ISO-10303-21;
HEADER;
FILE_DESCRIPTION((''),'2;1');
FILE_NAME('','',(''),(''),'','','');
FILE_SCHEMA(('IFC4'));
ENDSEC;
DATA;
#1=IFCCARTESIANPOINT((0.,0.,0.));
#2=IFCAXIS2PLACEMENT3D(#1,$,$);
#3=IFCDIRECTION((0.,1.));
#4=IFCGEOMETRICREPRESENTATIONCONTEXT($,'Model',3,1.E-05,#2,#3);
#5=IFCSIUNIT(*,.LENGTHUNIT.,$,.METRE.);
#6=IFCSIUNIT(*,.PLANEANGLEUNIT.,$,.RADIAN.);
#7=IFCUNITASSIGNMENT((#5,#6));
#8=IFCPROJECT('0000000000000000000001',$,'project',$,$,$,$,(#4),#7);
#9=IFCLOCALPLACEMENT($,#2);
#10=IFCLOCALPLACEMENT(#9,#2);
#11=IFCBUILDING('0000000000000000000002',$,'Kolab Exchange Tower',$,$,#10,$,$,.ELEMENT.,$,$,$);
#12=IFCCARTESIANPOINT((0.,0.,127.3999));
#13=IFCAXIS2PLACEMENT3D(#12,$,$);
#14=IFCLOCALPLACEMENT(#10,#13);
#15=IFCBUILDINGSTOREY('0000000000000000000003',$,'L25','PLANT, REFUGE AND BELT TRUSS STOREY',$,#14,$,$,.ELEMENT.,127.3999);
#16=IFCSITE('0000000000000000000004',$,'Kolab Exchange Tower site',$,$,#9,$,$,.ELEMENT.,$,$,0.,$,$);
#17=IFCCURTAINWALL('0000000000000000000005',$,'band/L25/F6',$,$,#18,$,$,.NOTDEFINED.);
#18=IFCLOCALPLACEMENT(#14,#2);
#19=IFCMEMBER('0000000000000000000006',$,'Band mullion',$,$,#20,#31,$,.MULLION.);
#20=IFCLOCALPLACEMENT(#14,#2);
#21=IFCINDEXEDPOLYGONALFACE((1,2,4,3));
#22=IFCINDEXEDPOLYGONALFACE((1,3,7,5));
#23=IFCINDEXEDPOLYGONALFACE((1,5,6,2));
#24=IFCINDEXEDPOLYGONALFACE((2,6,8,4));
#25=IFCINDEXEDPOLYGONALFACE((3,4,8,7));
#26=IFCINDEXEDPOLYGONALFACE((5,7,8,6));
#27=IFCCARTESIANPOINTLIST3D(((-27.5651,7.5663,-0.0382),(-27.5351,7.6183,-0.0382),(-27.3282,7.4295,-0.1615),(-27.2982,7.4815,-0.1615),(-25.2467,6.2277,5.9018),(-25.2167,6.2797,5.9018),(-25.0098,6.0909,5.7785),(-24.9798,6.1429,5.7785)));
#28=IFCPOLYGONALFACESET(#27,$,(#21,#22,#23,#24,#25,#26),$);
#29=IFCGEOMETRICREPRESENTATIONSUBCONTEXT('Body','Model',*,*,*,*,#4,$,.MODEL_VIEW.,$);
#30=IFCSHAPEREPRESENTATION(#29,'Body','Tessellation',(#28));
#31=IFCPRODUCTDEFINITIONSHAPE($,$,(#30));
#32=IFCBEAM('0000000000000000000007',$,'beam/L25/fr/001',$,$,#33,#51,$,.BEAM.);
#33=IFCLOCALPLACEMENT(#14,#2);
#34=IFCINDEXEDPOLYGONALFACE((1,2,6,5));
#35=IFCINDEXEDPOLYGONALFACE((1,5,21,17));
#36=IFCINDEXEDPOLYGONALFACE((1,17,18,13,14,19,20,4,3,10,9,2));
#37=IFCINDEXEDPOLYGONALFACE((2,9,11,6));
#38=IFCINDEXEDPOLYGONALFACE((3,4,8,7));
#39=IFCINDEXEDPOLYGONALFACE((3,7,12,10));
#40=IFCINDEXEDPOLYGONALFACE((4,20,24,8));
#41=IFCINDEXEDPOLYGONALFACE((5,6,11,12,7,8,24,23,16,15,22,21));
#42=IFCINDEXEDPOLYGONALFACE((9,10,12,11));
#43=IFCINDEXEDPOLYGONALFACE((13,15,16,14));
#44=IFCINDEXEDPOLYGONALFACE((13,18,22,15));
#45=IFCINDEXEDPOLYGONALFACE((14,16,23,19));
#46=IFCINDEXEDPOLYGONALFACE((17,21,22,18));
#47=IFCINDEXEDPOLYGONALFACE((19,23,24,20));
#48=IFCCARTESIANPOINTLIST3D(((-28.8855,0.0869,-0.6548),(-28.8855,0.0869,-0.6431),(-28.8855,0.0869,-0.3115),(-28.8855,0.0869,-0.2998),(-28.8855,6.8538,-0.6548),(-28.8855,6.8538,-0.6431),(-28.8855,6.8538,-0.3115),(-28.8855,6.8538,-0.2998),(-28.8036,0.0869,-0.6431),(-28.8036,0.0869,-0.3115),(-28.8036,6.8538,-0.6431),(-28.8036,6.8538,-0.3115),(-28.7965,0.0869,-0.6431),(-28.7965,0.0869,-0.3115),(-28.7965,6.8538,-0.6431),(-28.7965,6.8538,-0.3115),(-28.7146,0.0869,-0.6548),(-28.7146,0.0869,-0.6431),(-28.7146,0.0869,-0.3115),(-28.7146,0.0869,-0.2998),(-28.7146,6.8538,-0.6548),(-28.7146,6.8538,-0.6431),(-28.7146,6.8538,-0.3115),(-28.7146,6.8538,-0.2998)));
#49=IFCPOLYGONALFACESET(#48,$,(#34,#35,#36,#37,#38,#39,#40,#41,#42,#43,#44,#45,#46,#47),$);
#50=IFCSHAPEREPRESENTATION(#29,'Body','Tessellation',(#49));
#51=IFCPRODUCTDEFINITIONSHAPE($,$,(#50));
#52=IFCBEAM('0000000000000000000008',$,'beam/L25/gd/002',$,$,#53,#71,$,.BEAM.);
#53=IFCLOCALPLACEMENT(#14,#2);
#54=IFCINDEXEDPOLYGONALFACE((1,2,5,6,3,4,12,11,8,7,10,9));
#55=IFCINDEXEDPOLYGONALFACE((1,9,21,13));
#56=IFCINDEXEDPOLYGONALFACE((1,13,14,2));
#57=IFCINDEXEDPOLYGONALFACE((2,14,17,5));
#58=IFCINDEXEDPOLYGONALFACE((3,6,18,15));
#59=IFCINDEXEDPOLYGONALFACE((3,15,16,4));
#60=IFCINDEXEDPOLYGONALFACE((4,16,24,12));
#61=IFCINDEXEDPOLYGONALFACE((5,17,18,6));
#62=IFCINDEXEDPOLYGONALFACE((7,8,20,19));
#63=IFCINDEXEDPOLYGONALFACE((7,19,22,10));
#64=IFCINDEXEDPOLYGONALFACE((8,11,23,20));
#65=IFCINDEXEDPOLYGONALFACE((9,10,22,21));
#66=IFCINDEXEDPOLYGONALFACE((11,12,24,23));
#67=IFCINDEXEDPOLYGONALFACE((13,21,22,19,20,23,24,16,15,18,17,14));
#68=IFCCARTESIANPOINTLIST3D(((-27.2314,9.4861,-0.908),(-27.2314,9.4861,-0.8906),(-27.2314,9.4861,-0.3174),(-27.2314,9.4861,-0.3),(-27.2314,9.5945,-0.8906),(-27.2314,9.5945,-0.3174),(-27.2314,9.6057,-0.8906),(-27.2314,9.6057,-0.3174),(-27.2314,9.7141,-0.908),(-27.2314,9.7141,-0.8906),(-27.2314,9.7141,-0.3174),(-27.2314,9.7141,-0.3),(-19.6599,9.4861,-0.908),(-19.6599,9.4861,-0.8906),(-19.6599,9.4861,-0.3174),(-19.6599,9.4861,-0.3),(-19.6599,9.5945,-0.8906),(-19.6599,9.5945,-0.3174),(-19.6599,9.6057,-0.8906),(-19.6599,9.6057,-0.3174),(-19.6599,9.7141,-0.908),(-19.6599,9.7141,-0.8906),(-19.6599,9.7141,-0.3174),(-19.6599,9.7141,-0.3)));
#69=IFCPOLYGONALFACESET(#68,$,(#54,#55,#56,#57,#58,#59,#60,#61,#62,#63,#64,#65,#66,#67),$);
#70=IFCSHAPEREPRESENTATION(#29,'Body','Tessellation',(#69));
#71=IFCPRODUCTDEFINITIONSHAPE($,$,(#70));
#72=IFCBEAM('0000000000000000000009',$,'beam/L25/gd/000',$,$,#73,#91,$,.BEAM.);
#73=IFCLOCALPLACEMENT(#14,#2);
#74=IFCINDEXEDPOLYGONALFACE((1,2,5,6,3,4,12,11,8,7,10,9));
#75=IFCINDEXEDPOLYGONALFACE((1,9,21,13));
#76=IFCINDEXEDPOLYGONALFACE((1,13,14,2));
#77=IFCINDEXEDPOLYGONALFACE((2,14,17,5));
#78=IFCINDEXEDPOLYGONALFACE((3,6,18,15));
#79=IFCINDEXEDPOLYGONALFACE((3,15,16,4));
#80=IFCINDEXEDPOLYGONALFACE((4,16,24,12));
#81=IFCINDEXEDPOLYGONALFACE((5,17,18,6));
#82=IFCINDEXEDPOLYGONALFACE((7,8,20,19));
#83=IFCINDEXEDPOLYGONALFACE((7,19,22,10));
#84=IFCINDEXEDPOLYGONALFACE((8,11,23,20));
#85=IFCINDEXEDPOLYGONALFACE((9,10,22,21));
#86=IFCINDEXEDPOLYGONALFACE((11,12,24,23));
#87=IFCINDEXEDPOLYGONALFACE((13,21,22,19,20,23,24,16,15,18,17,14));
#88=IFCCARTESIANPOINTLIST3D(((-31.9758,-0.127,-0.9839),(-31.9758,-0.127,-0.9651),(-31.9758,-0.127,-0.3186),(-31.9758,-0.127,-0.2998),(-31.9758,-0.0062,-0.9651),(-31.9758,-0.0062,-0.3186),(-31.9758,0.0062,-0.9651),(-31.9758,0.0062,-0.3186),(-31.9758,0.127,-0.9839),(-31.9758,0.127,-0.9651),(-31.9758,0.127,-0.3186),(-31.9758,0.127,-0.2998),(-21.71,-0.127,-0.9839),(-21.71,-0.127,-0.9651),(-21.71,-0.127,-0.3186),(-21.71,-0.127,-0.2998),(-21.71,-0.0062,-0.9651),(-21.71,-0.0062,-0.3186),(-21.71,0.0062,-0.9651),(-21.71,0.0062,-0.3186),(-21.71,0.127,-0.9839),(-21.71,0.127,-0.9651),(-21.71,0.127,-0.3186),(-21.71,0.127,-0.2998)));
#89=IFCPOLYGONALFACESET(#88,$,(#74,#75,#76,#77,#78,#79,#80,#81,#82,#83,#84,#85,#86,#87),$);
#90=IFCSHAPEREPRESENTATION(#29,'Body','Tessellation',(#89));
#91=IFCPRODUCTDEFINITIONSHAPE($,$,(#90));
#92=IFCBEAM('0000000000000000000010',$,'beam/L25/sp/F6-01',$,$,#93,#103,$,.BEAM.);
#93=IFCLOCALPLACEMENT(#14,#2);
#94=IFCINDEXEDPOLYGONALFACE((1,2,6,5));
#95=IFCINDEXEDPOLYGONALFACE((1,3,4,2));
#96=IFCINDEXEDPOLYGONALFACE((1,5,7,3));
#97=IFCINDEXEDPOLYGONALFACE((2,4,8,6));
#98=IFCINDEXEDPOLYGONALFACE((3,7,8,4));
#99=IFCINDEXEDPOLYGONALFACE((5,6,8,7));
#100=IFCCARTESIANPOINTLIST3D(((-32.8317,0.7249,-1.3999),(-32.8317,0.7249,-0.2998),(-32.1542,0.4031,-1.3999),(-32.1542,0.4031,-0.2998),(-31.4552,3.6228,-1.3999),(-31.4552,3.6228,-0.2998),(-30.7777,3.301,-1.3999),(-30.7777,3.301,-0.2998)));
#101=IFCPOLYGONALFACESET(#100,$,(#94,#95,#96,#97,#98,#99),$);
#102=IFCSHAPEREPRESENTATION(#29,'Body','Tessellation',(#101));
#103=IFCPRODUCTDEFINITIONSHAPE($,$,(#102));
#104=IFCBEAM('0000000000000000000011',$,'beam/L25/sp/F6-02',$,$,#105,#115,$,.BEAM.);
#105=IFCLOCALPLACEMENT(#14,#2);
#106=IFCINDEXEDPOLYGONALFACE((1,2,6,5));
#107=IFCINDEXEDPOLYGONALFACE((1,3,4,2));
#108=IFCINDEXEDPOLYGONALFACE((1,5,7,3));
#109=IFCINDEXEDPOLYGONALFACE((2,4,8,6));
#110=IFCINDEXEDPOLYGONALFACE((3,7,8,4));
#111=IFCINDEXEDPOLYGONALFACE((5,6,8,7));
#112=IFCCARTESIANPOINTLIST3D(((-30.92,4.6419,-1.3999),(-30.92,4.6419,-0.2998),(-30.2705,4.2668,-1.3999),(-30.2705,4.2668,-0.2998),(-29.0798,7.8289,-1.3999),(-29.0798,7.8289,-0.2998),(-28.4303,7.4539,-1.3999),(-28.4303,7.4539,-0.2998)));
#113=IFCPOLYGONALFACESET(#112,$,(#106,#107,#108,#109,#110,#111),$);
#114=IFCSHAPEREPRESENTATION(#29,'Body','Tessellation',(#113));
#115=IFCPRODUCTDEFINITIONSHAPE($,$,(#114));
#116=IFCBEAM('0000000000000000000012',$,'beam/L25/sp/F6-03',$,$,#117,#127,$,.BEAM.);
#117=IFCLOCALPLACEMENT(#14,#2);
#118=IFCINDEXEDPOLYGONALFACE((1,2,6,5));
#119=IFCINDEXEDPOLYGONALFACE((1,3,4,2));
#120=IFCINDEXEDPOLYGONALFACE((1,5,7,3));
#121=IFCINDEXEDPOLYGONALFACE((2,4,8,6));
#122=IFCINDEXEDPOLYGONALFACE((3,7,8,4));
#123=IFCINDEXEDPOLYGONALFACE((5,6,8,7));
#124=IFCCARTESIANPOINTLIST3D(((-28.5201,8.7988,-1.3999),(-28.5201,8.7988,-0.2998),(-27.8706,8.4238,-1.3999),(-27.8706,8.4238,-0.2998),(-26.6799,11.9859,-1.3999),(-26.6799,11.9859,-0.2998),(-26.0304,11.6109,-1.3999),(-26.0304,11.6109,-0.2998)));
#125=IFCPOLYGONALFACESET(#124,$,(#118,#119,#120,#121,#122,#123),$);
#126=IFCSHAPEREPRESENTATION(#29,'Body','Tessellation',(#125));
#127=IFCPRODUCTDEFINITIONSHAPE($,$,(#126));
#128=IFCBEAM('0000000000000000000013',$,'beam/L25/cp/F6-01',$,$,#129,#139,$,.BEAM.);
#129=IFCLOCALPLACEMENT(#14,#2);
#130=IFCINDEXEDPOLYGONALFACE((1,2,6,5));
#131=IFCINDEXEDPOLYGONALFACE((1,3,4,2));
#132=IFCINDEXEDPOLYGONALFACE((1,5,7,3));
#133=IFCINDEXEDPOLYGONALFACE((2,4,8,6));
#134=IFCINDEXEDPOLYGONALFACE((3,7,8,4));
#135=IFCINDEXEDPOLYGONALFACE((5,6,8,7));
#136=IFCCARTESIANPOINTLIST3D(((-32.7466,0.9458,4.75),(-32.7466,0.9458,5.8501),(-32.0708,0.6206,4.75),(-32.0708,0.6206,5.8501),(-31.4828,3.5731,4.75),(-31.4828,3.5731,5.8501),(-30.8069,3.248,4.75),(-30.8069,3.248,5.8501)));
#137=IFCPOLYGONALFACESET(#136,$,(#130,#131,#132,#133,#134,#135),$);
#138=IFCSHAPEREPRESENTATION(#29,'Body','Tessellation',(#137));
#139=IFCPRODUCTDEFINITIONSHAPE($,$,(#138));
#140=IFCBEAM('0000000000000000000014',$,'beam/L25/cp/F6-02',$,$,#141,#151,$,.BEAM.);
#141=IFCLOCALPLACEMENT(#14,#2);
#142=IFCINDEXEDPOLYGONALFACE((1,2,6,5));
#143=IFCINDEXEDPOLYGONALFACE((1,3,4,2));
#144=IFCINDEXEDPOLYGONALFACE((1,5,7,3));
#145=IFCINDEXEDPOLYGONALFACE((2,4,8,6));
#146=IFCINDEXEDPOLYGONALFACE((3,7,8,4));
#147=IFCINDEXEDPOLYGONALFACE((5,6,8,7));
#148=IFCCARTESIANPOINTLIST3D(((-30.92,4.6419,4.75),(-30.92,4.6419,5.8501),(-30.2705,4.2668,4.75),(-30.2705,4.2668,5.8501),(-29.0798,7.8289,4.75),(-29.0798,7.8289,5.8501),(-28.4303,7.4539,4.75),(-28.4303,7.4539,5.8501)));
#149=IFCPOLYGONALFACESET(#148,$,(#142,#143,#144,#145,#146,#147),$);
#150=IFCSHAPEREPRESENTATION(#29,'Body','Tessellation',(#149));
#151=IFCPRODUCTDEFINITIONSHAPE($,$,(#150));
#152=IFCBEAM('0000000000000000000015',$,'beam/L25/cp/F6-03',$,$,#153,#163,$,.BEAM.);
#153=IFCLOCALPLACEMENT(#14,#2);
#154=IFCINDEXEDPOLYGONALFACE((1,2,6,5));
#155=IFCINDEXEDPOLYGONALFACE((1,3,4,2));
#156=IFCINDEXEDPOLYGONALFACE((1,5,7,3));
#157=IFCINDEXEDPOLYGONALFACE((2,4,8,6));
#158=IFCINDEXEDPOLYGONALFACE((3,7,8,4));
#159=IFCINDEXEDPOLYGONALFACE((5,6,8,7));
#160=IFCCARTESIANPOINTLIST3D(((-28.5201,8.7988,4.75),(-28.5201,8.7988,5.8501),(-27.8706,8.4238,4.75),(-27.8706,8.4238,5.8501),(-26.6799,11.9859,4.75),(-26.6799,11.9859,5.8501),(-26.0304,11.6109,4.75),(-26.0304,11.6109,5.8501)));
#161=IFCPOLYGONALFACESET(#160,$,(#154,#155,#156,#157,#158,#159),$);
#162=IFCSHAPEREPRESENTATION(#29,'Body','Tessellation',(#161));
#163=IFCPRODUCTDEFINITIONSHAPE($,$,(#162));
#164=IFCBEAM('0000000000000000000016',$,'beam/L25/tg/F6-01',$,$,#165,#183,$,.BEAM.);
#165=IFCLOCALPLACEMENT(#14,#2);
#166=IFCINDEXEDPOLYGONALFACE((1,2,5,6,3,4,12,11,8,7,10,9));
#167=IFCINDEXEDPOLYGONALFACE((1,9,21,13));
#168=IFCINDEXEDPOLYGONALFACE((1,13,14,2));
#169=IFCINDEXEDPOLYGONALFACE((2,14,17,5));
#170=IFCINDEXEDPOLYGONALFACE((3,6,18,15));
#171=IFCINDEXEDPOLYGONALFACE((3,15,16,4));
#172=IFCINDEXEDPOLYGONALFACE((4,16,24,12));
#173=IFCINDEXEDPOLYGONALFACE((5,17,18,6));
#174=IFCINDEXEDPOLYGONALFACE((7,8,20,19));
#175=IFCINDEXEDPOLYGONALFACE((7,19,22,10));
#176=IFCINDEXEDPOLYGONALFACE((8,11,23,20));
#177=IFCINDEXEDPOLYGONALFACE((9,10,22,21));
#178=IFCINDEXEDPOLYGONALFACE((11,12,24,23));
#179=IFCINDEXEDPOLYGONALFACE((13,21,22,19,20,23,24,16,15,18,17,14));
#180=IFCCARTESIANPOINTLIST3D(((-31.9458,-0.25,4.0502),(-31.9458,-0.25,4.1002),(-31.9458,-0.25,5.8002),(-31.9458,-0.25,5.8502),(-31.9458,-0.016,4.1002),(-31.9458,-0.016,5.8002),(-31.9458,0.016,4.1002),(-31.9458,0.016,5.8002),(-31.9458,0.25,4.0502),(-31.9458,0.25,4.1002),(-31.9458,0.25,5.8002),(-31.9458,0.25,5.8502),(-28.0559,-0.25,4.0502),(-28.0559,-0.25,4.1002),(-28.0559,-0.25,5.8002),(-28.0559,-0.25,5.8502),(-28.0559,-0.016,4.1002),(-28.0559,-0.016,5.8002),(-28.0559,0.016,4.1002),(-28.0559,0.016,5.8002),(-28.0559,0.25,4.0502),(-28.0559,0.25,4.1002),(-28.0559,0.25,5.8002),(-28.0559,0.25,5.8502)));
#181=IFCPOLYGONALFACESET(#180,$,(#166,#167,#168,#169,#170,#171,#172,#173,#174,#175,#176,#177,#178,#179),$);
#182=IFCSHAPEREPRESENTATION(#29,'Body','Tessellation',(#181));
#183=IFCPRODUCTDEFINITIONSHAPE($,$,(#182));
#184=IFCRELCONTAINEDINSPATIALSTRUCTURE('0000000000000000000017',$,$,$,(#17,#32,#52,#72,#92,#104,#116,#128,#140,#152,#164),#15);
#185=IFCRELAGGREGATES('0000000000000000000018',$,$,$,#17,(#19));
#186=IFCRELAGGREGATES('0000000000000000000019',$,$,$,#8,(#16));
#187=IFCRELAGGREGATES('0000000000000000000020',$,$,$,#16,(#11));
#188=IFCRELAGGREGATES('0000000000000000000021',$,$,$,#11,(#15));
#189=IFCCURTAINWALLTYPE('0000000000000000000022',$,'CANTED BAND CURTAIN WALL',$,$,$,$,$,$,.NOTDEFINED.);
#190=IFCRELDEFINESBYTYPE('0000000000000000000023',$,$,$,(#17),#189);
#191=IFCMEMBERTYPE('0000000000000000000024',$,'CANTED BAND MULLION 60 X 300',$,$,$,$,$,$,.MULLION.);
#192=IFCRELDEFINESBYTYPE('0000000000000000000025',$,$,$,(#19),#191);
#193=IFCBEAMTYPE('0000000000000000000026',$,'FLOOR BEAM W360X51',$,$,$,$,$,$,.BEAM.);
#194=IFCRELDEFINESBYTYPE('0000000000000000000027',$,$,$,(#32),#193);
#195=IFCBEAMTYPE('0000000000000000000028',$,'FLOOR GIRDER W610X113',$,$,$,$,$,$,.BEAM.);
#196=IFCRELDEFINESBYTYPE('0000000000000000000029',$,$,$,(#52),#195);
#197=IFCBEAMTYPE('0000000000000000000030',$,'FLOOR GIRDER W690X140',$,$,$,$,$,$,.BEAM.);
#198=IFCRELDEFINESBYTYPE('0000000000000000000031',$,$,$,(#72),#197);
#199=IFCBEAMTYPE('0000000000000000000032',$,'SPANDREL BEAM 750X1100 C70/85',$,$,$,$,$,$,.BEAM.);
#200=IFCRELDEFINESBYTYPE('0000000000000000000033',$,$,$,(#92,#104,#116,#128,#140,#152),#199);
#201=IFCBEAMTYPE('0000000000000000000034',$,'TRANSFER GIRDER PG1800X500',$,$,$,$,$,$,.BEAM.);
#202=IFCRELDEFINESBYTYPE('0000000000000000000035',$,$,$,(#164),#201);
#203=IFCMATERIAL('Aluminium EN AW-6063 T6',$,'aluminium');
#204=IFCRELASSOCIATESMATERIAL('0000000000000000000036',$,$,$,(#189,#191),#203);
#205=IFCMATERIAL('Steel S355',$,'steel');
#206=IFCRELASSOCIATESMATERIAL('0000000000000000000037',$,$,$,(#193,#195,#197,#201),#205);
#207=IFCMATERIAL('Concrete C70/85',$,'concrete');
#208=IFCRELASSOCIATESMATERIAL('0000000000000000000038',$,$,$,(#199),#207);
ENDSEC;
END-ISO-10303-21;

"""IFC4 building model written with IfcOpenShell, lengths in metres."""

from ifc_helpers import new_model, si_unit, direction, frame, origin, origin_2d, place, context, subcontext, project, spatial, rectangle, i_section, extrude, material, material_profile, profile_set, type_object, element, aggregate, save


model = new_model("IFC4")

# Units and contexts
model_context = context("Model", 3, precision=1e-05, world=origin(), true_north=direction((0.0, 1.0)))
body_context = subcontext(model_context, "Body", "Model", "MODEL_VIEW")
ifc_project = project(units=[si_unit("LENGTHUNIT", "METRE"), si_unit("PLANEANGLEUNIT", "RADIAN")], contexts=[model_context])

# Site, building, storey
site_placement = place(None, origin())
site = spatial("IfcSite", under=ifc_project, at=site_placement, Name="Kolab Exchange Tower site", CompositionType="ELEMENT", RefElevation=0.0)
building_placement = place(site_placement, origin())
building = spatial("IfcBuilding", under=site, at=building_placement, Name="Kolab Exchange Tower", CompositionType="ELEMENT")
storey_placement = place(building_placement, frame((0.0, 0.0, 127.3999)))
storey = spatial("IfcBuildingStorey", under=building, at=storey_placement, Name="L25", Description="PLANT, REFUGE AND BELT TRUSS STOREY", CompositionType="ELEMENT", Elevation=127.3999)

# Shared definitions
ifc_material_1 = material(Name="Concrete C70/85", Category="concrete")

# Shared definitions
ifc_material_2 = material(Name="Steel S355", Category="steel")

# Curtain wall, member
ifc_material_3 = material(Name="Aluminium EN AW-6063 T6", Category="aluminium")
curtain_wall_type_1 = type_object("IfcCurtainWallType", Name="CANTED BAND CURTAIN WALL", PredefinedType="NOTDEFINED", material=ifc_material_3)
curtain_wall_1_placement = place(storey_placement, origin())
curtain_wall_1 = element("IfcCurtainWall", 1, at=curtain_wall_1_placement, inside=storey, type_object=curtain_wall_type_1, Name="band/L25/F6", PredefinedType="NOTDEFINED")
ifc_material_profile_1 = material_profile(ifc_material_3, rectangle(XDim=0.0601, YDim=0.3, at=origin_2d()), Name="RECT 60X300")
ifc_profile_set_1 = profile_set([ifc_material_profile_1], Name="Aluminium EN AW-6063 T6")
member_type_1 = type_object("IfcMemberType", Name="CANTED BAND MULLION 60 X 300", PredefinedType="MULLION", material=ifc_profile_set_1)
member_1_placement = place(storey_placement, frame((-27.4316, 7.5239, -0.0999), z_axis=(0.355831, -0.205457, 0.911686), x_axis=(0.500033, 0.866006, 0.0)))
member_1 = element("IfcMember", 2, at=member_1_placement, type_object=member_type_1, Name="Band mullion", PredefinedType="MULLION", context=body_context, shape_type="SweptSolid", body=[
    extrude(rectangle(XDim=0.0601, YDim=0.3, at=origin_2d()), origin(), (0.0, 0.0, 1.0), 6.5154),
])

# Beams
ifc_material_profile_2 = material_profile(ifc_material_2, i_section(OverallWidth=0.1709, OverallDepth=0.355, WebThickness=0.0071, FlangeThickness=0.0117, at=origin_2d()), Name="W360X51")
ifc_profile_set_2 = profile_set([ifc_material_profile_2], Name="Steel S355")
beam_type_1 = type_object("IfcBeamType", Name="FLOOR BEAM W360X51", PredefinedType="BEAM", material=ifc_profile_set_2)
beam_1_placement = place(storey_placement, frame((-28.8, 0.0869, -0.4773), z_axis=(0.0, 1.0, 0.0), x_axis=(-1.0, 0.0, 0.0)))
element("IfcBeam", 3, at=beam_1_placement, inside=storey, type_object=beam_type_1, Name="beam/L25/fr/001", PredefinedType="BEAM", context=body_context, shape_type="SweptSolid", body=[
    extrude(i_section(OverallWidth=0.1709, OverallDepth=0.355, WebThickness=0.0071, FlangeThickness=0.0117, at=origin_2d()), origin(), (0.0, 0.0, 1.0), 6.7668),
])
ifc_material_profile_3 = material_profile(ifc_material_2, i_section(OverallWidth=0.228, OverallDepth=0.6079, WebThickness=0.0112, FlangeThickness=0.0173, at=origin_2d()), Name="W610X113")
ifc_profile_set_3 = profile_set([ifc_material_profile_3], Name="Steel S355")
beam_type_2 = type_object("IfcBeamType", Name="FLOOR GIRDER W610X113", PredefinedType="BEAM", material=ifc_profile_set_3)
beam_2_placement = place(storey_placement, frame((-27.2314, 9.6001, -0.604), z_axis=(1.0, 0.0, 0.0), x_axis=(0.0, 1.0, 0.0)))
element("IfcBeam", 4, at=beam_2_placement, inside=storey, type_object=beam_type_2, Name="beam/L25/gd/002", PredefinedType="BEAM", context=body_context, shape_type="SweptSolid", body=[
    extrude(i_section(OverallWidth=0.228, OverallDepth=0.6079, WebThickness=0.0112, FlangeThickness=0.0173, at=origin_2d()), origin(), (0.0, 0.0, 1.0), 7.5715),
])
ifc_material_profile_4 = material_profile(ifc_material_2, i_section(OverallWidth=0.2539, OverallDepth=0.6841, WebThickness=0.0125, FlangeThickness=0.0188, at=origin_2d()), Name="W690X140")
ifc_profile_set_4 = profile_set([ifc_material_profile_4], Name="Steel S355")
beam_type_3 = type_object("IfcBeamType", Name="FLOOR GIRDER W690X140", PredefinedType="BEAM", material=ifc_profile_set_4)
beam_3_placement = place(storey_placement, frame((-31.9758, 0.0, -0.6418), z_axis=(1.0, 0.0, 0.0), x_axis=(0.0, 1.0, 0.0)))
element("IfcBeam", 5, at=beam_3_placement, inside=storey, type_object=beam_type_3, Name="beam/L25/gd/000", PredefinedType="BEAM", context=body_context, shape_type="SweptSolid", body=[
    extrude(i_section(OverallWidth=0.2539, OverallDepth=0.6841, WebThickness=0.0125, FlangeThickness=0.0188, at=origin_2d()), origin(), (0.0, 0.0, 1.0), 10.2659),
])
ifc_material_profile_5 = material_profile(ifc_material_1, rectangle(XDim=0.75, YDim=1.1001, at=origin_2d()), Name="RC750X1100")
ifc_profile_set_5 = profile_set([ifc_material_profile_5], Name="Concrete C70/85")
beam_type_4 = type_object("IfcBeamType", Name="SPANDREL BEAM 750X1100 C70/85", PredefinedType="BEAM", material=ifc_profile_set_5)
beam_4_placement = place(storey_placement, frame((-32.4929, 0.564, -0.8499), z_axis=(0.429041, 0.903285, 0.0), x_axis=(-0.903285, 0.429041, 0.0)))
element("IfcBeam", 6, at=beam_4_placement, inside=storey, type_object=beam_type_4, Name="beam/L25/sp/F6-01", PredefinedType="BEAM", context=body_context, shape_type="SweptSolid", body=[
    extrude(rectangle(XDim=0.75, YDim=1.1001, at=origin_2d()), origin(), (0.0, 0.0, 1.0), 3.2083),
])
for number, where, z_axis, x_axis, name in (
    (7, (-30.5952, 4.4543, -0.8499), (0.500013, 0.866018, 0.0), (-0.866018, 0.500013, 0.0), "beam/L25/sp/F6-02"),
    (8, (-28.1953, 8.6113, -0.8499), (0.500013, 0.866018, 0.0), (-0.866018, 0.500013, 0.0), "beam/L25/sp/F6-03"),
):
    element("IfcBeam", number, at=place(storey_placement, frame(where, z_axis=z_axis, x_axis=x_axis)), inside=storey, type_object=beam_type_4, Name=name, PredefinedType="BEAM", context=body_context, shape_type="SweptSolid", body=[
        extrude(rectangle(XDim=0.75, YDim=1.1001, at=origin_2d()), origin(), (0.0, 0.0, 1.0), 3.6802),
    ])
beam_5_placement = place(storey_placement, frame((-32.4087, 0.7832, 5.3), z_axis=(0.433496, 0.901156, 0.0), x_axis=(-0.901156, 0.433496, 0.0)))
element("IfcBeam", 9, at=beam_5_placement, inside=storey, type_object=beam_type_4, Name="beam/L25/cp/F6-01", PredefinedType="BEAM", context=body_context, shape_type="SweptSolid", body=[
    extrude(rectangle(XDim=0.75, YDim=1.1001, at=origin_2d()), origin(), (0.0, 0.0, 1.0), 2.9155),
])
for number, where, z_axis, x_axis, name in (
    (10, (-30.5952, 4.4543, 5.3), (0.500013, 0.866018, 0.0), (-0.866018, 0.500013, 0.0), "beam/L25/cp/F6-02"),
    (11, (-28.1953, 8.6113, 5.3), (0.500013, 0.866018, 0.0), (-0.866018, 0.500013, 0.0), "beam/L25/cp/F6-03"),
):
    element("IfcBeam", number, at=place(storey_placement, frame(where, z_axis=z_axis, x_axis=x_axis)), inside=storey, type_object=beam_type_4, Name=name, PredefinedType="BEAM", context=body_context, shape_type="SweptSolid", body=[
        extrude(rectangle(XDim=0.75, YDim=1.1001, at=origin_2d()), origin(), (0.0, 0.0, 1.0), 3.6802),
    ])
ifc_material_profile_6 = material_profile(ifc_material_2, i_section(OverallWidth=0.5, OverallDepth=1.8, WebThickness=0.032, FlangeThickness=0.05, at=origin_2d()), Name="PG1800X500")
ifc_profile_set_6 = profile_set([ifc_material_profile_6], Name="Steel S355")
beam_type_5 = type_object("IfcBeamType", Name="TRANSFER GIRDER PG1800X500", PredefinedType="BEAM", material=ifc_profile_set_6)
beam_6_placement = place(storey_placement, frame((-28.0559, 0.0, 4.9502), z_axis=(-1.0, 0.0, 0.0), x_axis=(0.0, -1.0, 0.0)))
element("IfcBeam", 12, at=beam_6_placement, inside=storey, type_object=beam_type_5, Name="beam/L25/tg/F6-01", PredefinedType="BEAM", context=body_context, shape_type="SweptSolid", body=[
    extrude(i_section(OverallWidth=0.5, OverallDepth=1.8, WebThickness=0.032, FlangeThickness=0.05, at=origin_2d()), origin(), (0.0, 0.0, 1.0), 3.8899),
])

aggregate(curtain_wall_1, [member_1])

save(model, "model.ifc")
